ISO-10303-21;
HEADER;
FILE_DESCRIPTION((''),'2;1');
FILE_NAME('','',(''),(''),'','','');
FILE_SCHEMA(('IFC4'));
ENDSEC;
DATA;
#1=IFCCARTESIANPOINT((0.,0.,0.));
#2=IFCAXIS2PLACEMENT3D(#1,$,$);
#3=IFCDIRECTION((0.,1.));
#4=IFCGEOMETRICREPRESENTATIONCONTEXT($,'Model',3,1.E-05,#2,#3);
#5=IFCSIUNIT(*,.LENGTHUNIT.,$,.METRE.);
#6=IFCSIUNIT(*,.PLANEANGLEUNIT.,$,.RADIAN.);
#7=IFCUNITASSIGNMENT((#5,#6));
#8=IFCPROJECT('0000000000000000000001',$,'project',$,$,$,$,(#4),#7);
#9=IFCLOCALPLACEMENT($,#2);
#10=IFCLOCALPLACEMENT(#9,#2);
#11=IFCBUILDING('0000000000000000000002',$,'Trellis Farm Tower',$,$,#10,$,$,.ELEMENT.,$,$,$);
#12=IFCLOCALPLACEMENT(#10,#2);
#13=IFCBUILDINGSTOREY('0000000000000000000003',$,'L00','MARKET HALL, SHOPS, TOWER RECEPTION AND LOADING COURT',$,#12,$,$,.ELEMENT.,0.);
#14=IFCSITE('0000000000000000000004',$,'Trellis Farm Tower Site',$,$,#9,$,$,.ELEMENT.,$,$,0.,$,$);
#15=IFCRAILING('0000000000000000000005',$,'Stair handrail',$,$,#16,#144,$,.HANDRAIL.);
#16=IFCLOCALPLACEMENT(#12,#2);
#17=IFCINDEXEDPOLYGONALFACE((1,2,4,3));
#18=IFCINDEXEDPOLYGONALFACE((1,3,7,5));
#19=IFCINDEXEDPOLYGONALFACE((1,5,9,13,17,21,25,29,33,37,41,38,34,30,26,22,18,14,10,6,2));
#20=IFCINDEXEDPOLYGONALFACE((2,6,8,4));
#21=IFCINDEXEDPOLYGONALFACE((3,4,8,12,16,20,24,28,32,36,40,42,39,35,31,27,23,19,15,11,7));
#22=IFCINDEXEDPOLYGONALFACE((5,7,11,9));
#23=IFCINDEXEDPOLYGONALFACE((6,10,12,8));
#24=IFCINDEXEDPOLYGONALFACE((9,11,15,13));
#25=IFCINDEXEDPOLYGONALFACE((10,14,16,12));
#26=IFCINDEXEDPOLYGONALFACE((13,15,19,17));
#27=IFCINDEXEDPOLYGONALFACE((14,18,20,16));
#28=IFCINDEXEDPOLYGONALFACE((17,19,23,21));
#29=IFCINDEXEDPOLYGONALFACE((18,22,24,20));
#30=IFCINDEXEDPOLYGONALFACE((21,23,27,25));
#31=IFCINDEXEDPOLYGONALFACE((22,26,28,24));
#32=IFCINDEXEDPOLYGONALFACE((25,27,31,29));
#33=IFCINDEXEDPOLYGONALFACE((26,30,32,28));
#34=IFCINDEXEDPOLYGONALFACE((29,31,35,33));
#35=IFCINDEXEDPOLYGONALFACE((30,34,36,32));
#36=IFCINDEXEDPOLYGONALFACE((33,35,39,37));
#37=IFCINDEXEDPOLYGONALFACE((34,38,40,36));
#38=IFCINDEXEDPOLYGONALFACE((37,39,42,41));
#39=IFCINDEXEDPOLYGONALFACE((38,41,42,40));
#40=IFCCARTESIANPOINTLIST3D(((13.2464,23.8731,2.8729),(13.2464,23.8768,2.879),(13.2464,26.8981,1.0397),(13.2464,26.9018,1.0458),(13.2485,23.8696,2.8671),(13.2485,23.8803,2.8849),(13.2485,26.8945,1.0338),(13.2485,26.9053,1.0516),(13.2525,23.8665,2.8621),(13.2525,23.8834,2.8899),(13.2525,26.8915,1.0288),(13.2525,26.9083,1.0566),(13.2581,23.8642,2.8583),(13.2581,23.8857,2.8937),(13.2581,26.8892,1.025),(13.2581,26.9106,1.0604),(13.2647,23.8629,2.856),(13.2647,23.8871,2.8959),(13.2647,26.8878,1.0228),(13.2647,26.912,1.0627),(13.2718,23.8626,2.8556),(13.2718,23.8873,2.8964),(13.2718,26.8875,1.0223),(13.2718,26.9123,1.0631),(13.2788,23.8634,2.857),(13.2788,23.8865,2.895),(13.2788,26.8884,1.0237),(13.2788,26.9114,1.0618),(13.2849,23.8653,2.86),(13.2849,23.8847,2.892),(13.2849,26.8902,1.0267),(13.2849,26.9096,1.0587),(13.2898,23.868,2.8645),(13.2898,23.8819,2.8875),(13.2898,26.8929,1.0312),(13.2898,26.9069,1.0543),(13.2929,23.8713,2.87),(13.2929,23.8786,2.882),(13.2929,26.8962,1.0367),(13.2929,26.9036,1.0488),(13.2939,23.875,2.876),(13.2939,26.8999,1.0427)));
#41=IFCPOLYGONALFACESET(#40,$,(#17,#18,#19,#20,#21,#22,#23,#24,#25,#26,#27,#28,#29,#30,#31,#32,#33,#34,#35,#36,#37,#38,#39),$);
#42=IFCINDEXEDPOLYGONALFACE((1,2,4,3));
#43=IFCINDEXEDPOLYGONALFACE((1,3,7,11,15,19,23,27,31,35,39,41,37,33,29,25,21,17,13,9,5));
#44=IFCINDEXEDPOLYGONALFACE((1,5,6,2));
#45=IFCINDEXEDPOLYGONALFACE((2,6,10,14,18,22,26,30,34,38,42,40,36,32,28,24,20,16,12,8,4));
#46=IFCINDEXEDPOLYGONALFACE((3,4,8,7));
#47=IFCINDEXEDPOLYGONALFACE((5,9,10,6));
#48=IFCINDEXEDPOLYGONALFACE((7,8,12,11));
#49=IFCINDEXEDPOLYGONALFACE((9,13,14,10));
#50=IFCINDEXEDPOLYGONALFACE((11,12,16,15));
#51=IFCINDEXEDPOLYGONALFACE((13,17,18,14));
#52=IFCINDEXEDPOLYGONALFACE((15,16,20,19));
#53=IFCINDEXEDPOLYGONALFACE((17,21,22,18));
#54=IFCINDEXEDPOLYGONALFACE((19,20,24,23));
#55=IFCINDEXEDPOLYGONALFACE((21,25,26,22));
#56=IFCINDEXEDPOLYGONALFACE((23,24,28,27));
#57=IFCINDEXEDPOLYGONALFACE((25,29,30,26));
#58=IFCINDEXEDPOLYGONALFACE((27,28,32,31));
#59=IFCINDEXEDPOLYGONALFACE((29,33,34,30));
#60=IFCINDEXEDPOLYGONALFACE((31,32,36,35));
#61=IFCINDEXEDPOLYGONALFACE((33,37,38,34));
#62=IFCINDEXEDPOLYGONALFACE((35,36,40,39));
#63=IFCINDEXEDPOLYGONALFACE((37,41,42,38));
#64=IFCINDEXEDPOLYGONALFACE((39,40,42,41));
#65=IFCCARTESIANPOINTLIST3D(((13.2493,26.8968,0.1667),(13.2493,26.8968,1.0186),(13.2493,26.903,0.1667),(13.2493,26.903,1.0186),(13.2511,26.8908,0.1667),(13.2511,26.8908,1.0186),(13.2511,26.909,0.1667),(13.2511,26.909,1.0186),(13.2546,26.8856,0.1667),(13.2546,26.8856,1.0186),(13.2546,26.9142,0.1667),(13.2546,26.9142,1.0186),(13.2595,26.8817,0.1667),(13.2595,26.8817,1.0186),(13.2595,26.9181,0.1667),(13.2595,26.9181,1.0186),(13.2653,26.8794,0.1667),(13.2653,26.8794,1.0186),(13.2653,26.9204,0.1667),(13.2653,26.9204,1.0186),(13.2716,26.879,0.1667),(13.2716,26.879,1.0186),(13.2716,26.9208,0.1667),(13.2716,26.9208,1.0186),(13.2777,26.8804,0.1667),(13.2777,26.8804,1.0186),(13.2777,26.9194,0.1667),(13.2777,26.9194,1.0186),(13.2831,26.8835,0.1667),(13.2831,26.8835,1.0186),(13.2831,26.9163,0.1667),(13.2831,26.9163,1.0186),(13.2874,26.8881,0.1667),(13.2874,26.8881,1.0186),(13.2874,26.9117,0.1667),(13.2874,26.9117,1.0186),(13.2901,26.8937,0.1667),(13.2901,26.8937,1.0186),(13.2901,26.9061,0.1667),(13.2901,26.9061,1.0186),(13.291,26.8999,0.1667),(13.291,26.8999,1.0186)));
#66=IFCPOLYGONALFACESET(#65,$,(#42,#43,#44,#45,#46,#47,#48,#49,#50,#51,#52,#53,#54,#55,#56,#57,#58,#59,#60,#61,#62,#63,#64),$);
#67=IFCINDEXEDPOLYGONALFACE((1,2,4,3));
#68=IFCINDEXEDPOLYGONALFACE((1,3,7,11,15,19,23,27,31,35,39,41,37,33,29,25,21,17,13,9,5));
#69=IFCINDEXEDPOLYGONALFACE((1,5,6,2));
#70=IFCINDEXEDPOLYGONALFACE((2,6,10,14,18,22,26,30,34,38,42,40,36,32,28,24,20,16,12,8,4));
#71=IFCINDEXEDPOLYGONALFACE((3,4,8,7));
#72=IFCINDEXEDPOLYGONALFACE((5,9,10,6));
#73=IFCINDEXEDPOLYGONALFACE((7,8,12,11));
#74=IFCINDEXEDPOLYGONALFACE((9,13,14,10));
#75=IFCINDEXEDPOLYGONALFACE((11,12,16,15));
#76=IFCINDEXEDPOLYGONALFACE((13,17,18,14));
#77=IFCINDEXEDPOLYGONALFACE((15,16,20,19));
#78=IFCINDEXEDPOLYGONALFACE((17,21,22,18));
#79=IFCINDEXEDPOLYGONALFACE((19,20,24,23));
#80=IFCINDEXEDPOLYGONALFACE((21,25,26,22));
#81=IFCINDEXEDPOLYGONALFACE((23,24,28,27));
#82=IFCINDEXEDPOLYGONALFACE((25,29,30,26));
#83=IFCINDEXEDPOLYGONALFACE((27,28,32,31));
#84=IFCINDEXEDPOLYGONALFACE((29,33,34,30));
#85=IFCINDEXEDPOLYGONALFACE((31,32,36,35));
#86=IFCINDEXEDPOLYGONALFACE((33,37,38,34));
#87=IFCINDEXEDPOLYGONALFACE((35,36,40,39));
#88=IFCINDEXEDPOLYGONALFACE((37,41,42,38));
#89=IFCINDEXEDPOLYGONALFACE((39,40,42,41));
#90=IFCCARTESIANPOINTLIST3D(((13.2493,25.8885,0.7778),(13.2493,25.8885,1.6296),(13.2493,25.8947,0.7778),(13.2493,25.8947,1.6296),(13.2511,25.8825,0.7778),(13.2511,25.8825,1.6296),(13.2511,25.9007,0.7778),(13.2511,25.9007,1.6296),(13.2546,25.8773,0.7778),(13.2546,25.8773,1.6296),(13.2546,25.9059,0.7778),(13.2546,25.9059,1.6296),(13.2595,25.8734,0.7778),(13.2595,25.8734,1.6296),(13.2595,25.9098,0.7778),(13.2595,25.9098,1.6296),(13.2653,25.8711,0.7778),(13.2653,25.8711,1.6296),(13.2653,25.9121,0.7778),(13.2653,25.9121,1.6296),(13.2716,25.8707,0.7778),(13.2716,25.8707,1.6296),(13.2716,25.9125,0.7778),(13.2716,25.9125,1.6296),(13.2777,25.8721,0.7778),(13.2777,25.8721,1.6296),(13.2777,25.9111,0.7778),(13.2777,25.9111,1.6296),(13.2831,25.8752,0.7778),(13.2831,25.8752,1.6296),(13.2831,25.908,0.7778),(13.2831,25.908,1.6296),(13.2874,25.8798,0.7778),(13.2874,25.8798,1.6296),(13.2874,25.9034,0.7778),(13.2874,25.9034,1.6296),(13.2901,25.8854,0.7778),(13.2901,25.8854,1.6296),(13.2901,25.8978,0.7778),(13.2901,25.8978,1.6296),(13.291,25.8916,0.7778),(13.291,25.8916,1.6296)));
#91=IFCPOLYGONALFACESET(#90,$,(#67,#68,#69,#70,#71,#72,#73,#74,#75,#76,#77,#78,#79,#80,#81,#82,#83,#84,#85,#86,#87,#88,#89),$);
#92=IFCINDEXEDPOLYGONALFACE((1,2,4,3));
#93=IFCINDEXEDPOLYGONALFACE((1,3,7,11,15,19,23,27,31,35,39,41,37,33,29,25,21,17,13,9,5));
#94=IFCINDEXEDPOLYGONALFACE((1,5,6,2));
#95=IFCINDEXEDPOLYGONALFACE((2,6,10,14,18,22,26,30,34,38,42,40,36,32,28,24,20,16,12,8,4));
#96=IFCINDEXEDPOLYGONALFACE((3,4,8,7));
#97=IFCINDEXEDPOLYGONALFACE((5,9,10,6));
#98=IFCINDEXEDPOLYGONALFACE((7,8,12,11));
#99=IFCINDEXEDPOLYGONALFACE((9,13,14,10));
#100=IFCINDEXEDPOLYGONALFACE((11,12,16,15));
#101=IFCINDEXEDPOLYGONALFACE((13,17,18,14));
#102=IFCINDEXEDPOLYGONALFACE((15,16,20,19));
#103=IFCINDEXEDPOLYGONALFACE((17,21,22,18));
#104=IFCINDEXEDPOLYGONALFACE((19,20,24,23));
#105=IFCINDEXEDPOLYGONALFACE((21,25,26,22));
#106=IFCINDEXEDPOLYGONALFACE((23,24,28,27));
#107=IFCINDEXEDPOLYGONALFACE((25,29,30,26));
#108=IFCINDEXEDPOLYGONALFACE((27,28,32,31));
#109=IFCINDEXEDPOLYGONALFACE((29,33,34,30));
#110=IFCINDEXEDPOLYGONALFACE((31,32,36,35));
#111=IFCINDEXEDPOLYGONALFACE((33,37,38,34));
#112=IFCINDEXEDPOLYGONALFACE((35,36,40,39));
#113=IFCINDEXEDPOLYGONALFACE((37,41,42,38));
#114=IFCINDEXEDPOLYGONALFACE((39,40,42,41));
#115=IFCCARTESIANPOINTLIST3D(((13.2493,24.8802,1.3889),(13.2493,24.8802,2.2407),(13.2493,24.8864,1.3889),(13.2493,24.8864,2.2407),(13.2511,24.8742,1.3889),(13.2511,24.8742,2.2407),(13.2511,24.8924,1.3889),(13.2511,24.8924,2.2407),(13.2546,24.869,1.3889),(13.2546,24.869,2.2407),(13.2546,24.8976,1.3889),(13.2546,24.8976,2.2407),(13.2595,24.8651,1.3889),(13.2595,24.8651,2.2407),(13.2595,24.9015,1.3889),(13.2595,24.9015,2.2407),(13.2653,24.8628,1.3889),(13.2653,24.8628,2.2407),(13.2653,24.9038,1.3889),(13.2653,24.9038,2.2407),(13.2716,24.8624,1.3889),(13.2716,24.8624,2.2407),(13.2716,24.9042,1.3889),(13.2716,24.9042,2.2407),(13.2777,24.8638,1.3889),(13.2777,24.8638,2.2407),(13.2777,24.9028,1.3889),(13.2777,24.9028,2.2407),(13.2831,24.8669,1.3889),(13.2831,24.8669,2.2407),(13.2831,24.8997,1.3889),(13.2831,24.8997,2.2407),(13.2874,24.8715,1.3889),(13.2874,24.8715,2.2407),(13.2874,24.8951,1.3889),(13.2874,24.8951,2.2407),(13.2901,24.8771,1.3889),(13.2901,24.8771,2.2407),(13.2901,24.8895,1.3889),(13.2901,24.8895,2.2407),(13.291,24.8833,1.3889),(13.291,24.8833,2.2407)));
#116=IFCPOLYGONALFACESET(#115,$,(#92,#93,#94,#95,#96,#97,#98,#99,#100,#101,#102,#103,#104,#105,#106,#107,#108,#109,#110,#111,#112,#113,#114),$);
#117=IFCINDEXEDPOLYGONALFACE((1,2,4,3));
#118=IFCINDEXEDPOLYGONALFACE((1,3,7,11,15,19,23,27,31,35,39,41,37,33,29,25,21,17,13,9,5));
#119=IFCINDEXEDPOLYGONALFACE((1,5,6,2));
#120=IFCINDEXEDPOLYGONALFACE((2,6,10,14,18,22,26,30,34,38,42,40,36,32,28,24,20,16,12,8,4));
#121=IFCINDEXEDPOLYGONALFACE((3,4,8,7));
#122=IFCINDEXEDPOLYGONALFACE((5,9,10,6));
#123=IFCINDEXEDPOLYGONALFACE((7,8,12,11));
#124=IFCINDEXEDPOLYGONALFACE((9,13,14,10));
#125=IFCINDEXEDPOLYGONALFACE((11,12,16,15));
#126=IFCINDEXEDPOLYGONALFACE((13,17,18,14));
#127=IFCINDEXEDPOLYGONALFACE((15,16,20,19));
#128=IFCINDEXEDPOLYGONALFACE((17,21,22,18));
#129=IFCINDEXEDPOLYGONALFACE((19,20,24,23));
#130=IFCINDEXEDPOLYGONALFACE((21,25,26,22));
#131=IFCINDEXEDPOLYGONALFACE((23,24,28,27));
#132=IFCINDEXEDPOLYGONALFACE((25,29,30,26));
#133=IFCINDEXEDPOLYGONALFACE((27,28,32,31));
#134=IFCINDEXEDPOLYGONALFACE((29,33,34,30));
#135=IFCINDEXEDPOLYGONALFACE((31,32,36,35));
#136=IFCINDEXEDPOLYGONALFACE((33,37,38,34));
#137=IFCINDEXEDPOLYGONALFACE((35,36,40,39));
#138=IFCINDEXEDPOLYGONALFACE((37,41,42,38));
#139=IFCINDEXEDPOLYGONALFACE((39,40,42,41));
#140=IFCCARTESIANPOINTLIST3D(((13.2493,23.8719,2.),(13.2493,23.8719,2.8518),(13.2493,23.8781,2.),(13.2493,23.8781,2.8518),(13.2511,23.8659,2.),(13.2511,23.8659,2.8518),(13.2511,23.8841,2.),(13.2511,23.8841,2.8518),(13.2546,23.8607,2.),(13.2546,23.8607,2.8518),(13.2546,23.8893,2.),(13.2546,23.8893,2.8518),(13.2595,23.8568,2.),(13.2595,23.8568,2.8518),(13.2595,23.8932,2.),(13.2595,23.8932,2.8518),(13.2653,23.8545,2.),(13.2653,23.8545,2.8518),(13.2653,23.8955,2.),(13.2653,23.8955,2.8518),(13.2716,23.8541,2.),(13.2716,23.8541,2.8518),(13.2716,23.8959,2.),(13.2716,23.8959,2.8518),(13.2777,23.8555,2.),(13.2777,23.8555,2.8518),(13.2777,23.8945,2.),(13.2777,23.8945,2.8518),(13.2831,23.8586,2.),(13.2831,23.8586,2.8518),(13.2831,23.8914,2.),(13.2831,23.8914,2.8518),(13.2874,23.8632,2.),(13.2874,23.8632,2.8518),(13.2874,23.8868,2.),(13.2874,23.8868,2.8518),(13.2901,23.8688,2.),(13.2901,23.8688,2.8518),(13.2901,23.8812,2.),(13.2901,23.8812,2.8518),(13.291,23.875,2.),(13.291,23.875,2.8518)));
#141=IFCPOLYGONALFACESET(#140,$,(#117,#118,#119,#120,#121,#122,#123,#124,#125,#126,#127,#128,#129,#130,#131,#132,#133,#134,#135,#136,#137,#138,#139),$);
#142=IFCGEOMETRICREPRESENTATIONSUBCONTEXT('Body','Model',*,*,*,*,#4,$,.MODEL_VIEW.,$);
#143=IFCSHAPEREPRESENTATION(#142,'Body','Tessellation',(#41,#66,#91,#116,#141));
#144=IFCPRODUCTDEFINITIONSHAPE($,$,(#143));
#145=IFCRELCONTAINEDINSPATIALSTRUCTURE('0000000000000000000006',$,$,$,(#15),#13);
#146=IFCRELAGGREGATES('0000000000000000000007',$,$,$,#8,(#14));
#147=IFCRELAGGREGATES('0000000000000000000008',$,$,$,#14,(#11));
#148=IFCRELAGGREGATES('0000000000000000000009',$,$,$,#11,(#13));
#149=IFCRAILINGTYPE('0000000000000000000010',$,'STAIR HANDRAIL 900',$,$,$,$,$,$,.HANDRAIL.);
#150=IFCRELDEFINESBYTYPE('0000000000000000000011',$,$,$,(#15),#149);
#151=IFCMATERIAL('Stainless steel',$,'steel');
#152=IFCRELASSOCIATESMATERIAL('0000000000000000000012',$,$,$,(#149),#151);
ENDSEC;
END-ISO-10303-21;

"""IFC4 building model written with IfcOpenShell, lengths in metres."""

from ifc_helpers import new_model, si_unit, direction, frame, origin, origin_2d, place, context, subcontext, project, spatial, circle, extrude, source, transform, mapped, material, type_object, element, save


model = new_model("IFC4")

# Units and contexts
model_context = context("Model", 3, precision=1e-05, world=origin(), true_north=direction((0.0, 1.0)))
body_context = subcontext(model_context, "Body", "Model", "MODEL_VIEW")
ifc_project = project(units=[si_unit("LENGTHUNIT", "METRE"), si_unit("PLANEANGLEUNIT", "RADIAN")], contexts=[model_context])

# Site, building, storey
site_placement = place(None, origin())
site = spatial("IfcSite", under=ifc_project, at=site_placement, Name="Trellis Farm Tower Site", CompositionType="ELEMENT", RefElevation=0.0)
building_placement = place(site_placement, origin())
building = spatial("IfcBuilding", under=site, at=building_placement, Name="Trellis Farm Tower", CompositionType="ELEMENT")
storey_placement = place(building_placement, origin())
storey = spatial("IfcBuildingStorey", under=building, at=storey_placement, Name="L00", Description="MARKET HALL, SHOPS, TOWER RECEPTION AND LOADING COURT", CompositionType="ELEMENT", Elevation=0.0)

# Railing
ifc_material_1 = material(Name="Stainless steel", Category="steel")
railing_type = type_object("IfcRailingType", Name="STAIR HANDRAIL 900", PredefinedType="HANDRAIL", material=ifc_material_1)
shared_shape_1 = source(origin(), body_context, "Body", "SweptSolid", [
    extrude(circle(Radius=0.0239, at=origin_2d()), frame((0.0, 0.0, 0.876), z_axis=(0.0, -0.855201, 0.518297), x_axis=(1.0, 0.0, 0.0)), (0.0, 0.0, 1.0), 3.5371),
    extrude(circle(Radius=0.021, at=origin_2d()), origin(), (0.0, 0.0, 1.0), 0.8518),
    extrude(circle(Radius=0.021, at=origin_2d()), frame((0.0, -1.0083, 0.6111)), (0.0, 0.0, 1.0), 0.8518),
    extrude(circle(Radius=0.021, at=origin_2d()), frame((0.0, -2.0166, 1.2222)), (0.0, 0.0, 1.0), 0.8518),
    extrude(circle(Radius=0.021, at=origin_2d()), frame((0.0, -3.0249, 1.8333)), (0.0, 0.0, 1.0), 0.8518),
])
for number, where, name in (
    (1, (13.27, 26.8999, 0.1667), "Stair handrail"),
):
    element("IfcRailing", number, at=place(storey_placement, frame(where)), inside=storey, type_object=railing_type, Name=name, PredefinedType="HANDRAIL", context=body_context, shape_type="MappedRepresentation", body=[
        mapped(shared_shape_1, transform((0.0, 0.0, 0.0))),
    ])

save(model, "model.ifc")
